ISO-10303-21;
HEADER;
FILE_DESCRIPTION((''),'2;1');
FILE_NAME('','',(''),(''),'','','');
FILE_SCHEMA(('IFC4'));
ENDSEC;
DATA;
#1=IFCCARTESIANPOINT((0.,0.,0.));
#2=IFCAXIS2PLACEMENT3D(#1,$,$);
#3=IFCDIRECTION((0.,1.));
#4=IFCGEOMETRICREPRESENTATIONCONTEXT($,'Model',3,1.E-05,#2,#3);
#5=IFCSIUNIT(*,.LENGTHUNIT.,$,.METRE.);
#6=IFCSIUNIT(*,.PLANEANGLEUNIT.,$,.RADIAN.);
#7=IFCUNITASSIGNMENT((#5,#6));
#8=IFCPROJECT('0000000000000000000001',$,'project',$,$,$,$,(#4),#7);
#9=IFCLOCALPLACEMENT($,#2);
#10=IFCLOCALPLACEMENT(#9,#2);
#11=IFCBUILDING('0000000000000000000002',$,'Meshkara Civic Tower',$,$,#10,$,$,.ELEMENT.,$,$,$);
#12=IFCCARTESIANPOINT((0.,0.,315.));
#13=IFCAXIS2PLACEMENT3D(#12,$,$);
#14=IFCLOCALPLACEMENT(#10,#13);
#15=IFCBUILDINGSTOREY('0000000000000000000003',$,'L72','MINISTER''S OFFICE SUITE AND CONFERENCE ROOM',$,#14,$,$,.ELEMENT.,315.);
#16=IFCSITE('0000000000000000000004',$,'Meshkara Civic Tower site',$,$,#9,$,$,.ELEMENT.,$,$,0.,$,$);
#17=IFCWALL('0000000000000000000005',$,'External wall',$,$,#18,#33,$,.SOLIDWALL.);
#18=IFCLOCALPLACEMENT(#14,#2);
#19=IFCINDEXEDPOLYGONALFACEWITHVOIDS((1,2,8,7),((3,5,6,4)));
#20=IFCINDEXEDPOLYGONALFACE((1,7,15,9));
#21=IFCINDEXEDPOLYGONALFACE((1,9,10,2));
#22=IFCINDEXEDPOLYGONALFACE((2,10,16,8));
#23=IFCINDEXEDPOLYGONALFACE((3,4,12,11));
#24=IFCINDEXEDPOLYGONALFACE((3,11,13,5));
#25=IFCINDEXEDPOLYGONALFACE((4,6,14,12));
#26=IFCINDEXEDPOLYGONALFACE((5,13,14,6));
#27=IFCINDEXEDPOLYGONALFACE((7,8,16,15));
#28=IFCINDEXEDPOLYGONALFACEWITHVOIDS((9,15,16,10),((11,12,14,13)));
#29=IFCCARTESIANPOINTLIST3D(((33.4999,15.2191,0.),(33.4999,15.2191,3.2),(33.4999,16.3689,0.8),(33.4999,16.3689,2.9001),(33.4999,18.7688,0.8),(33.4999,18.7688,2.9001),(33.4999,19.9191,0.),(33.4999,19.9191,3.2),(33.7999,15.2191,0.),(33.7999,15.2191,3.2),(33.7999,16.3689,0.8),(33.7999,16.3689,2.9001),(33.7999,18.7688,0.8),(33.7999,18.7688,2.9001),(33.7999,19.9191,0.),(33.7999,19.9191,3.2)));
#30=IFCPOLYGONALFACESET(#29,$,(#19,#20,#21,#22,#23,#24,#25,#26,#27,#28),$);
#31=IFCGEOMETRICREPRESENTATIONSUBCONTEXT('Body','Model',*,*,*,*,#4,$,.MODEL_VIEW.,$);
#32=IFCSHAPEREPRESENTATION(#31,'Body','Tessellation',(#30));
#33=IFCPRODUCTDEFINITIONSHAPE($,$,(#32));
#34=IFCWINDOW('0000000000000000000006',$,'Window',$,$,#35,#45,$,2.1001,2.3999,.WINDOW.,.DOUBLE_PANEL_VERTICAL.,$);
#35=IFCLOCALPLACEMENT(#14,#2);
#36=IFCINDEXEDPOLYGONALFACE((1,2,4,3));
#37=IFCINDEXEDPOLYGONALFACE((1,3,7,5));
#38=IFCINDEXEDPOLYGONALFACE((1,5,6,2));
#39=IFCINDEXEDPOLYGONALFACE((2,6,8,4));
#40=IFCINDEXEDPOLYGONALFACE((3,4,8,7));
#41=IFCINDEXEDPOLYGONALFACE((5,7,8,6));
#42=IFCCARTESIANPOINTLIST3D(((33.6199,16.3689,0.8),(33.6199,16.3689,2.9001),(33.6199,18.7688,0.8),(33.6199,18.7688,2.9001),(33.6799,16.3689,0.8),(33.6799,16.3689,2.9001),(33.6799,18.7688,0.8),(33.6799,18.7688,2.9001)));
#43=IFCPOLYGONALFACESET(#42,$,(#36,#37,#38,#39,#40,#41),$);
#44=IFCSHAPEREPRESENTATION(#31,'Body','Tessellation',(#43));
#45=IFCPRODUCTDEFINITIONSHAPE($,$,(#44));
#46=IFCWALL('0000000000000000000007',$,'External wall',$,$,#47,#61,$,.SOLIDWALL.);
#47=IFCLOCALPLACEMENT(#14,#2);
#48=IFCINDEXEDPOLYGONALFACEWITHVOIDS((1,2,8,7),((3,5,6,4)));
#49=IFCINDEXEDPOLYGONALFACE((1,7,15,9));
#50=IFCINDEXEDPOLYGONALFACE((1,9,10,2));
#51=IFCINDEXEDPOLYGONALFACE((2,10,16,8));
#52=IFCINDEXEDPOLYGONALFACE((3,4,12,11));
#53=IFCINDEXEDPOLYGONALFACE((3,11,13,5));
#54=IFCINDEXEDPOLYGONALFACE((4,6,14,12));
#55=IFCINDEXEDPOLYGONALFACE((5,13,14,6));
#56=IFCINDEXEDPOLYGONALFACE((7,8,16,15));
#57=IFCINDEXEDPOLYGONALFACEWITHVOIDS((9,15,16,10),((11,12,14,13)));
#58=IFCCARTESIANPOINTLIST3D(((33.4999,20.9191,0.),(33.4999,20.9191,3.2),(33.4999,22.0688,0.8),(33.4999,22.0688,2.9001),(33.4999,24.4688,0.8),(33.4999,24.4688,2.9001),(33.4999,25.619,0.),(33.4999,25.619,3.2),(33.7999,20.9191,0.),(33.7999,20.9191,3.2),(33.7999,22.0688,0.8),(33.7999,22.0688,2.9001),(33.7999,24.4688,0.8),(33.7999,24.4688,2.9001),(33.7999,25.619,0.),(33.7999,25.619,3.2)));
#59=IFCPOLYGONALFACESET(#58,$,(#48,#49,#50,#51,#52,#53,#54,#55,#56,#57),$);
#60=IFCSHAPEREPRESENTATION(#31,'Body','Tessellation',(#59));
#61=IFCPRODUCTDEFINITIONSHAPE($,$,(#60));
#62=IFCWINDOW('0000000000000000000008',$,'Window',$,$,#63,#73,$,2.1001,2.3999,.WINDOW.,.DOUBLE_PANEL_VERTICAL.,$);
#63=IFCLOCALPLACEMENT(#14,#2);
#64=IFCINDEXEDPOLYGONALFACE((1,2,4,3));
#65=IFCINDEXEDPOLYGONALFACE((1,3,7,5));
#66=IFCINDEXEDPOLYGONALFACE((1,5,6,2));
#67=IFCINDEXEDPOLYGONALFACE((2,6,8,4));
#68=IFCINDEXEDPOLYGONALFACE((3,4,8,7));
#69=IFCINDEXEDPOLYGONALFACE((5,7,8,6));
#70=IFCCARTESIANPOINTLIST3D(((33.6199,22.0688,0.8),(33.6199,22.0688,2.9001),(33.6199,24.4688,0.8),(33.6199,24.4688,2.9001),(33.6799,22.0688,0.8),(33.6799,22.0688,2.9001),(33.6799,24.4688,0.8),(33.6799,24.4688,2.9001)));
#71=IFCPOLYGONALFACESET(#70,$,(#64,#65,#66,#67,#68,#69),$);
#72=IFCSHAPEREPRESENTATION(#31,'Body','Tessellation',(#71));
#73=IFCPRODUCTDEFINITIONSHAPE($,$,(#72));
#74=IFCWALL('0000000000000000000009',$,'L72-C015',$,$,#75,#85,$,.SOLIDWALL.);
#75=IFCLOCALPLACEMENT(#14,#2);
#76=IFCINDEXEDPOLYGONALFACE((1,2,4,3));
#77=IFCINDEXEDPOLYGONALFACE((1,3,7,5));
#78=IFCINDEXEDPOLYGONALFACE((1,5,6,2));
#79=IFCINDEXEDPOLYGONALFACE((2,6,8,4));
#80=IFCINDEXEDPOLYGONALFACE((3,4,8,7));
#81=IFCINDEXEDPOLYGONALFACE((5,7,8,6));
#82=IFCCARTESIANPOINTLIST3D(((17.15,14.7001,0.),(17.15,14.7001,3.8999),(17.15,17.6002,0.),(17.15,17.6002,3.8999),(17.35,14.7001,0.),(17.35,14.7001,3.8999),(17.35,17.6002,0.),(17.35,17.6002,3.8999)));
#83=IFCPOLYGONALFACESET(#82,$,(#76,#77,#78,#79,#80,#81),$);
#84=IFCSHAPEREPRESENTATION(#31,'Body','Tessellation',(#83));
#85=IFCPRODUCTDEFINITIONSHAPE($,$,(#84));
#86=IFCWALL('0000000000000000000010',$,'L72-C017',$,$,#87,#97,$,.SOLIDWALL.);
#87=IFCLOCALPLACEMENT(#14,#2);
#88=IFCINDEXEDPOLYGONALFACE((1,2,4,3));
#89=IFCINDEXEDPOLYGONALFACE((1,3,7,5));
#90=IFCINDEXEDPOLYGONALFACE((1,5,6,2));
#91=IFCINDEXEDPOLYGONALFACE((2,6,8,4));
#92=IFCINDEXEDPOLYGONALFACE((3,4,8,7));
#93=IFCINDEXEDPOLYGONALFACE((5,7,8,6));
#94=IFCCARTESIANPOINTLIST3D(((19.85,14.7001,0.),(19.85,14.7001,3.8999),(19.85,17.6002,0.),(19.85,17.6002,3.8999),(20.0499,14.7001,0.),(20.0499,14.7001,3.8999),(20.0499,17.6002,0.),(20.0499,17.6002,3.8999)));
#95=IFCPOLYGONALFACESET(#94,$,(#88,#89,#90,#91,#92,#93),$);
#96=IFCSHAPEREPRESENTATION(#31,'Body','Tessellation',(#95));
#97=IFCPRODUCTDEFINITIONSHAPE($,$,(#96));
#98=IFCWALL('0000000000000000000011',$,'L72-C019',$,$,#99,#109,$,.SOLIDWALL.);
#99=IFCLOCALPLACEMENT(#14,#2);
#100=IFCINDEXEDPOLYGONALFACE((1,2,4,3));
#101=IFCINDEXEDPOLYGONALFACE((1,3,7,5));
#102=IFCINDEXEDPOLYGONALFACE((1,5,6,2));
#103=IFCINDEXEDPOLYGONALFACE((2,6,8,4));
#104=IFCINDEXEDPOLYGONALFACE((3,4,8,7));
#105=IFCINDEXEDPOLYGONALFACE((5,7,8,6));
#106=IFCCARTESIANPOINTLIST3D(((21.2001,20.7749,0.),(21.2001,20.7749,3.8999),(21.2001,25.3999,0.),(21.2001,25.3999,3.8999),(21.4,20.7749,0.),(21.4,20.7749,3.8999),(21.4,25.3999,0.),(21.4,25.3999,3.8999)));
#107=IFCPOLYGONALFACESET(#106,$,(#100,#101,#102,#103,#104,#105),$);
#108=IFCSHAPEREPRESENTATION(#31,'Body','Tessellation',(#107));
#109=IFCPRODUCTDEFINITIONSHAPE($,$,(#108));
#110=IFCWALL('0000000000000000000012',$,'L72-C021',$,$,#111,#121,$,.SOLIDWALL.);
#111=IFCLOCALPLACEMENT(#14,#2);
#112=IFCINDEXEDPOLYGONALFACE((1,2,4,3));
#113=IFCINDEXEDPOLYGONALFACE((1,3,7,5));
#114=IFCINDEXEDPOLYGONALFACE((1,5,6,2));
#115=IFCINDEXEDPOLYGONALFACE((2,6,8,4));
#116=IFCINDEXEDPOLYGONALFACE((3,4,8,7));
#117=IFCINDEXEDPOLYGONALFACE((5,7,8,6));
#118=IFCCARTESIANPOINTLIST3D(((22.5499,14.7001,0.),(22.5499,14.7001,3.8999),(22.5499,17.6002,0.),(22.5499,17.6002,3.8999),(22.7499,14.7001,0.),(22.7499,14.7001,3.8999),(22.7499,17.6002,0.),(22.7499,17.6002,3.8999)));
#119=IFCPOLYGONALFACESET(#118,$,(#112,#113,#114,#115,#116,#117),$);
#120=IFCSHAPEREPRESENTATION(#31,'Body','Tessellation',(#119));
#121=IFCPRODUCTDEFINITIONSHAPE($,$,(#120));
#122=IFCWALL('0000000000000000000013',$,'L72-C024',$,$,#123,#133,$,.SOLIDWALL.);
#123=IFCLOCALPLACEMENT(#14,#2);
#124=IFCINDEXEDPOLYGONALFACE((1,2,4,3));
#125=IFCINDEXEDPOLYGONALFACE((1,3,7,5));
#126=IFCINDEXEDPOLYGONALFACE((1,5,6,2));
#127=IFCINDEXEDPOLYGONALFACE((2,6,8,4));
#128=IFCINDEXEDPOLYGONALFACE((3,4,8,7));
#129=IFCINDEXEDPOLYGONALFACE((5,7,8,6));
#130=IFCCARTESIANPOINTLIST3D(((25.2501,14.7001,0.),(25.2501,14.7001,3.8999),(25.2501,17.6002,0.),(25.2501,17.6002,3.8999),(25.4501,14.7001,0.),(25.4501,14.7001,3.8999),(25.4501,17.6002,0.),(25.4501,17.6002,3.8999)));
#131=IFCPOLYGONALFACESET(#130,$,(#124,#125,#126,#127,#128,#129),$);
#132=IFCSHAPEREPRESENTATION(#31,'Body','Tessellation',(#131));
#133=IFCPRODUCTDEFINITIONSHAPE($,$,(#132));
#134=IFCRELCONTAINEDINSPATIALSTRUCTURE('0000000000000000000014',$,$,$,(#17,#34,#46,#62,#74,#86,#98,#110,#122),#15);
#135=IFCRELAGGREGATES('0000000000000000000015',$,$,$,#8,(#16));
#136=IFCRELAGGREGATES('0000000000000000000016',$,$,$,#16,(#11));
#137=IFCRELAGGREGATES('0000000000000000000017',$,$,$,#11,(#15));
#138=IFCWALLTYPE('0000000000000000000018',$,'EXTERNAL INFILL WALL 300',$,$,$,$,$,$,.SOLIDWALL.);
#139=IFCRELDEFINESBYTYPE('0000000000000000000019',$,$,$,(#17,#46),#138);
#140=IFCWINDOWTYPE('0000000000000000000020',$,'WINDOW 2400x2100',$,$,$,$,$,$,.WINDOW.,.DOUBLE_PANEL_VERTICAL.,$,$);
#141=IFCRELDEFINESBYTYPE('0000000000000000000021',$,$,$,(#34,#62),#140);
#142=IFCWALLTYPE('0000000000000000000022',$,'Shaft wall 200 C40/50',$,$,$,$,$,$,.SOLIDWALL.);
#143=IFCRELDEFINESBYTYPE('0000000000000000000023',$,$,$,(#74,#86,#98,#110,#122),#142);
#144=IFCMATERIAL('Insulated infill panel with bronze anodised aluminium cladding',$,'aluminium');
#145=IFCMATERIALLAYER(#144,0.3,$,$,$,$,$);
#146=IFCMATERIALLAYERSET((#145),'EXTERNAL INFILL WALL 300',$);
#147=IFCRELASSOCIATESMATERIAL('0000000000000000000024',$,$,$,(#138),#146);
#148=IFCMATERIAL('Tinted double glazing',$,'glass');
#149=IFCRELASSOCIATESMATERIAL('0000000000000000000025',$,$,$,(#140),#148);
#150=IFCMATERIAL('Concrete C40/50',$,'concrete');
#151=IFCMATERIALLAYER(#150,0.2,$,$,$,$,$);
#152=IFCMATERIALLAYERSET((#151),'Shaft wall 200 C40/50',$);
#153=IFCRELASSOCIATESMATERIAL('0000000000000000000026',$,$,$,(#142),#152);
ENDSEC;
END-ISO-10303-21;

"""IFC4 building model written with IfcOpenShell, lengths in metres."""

from ifc_helpers import new_model, si_unit, direction, frame, frame_2d, origin, place, context, subcontext, project, spatial, rectangle, extrude, material, layer, layer_set, type_object, element, fill, save


model = new_model("IFC4")

# Units and contexts
model_context = context("Model", 3, precision=1e-05, world=origin(), true_north=direction((0.0, 1.0)))
body_context = subcontext(model_context, "Body", "Model", "MODEL_VIEW")
ifc_project = project(units=[si_unit("LENGTHUNIT", "METRE"), si_unit("PLANEANGLEUNIT", "RADIAN")], contexts=[model_context])

# Site, building, storey
site_placement = place(None, origin())
site = spatial("IfcSite", under=ifc_project, at=site_placement, Name="Meshkara Civic Tower site", CompositionType="ELEMENT", RefElevation=0.0)
building_placement = place(site_placement, origin())
building = spatial("IfcBuilding", under=site, at=building_placement, Name="Meshkara Civic Tower", CompositionType="ELEMENT")
storey_placement = place(building_placement, frame((0.0, 0.0, 315.0)))
storey = spatial("IfcBuildingStorey", under=building, at=storey_placement, Name="L72", Description="MINISTER'S OFFICE SUITE AND CONFERENCE ROOM", CompositionType="ELEMENT", Elevation=315.0)

# Walls, openings, windows
ifc_material_1 = material(Name="Insulated infill panel with bronze anodised aluminium cladding", Category="aluminium")
ifc_layer_1 = layer(ifc_material_1, 0.3)
ifc_layer_set_1 = layer_set([ifc_layer_1], Name="EXTERNAL INFILL WALL 300")
wall_type_1 = type_object("IfcWallType", Name="EXTERNAL INFILL WALL 300", PredefinedType="SOLIDWALL", material=ifc_layer_set_1)
ifc_material_2 = material(Name="Tinted double glazing", Category="glass")
window_type = type_object("IfcWindowType", Name="WINDOW 2400x2100", PartitioningType="DOUBLE_PANEL_VERTICAL", PredefinedType="WINDOW", material=ifc_material_2)
wall_1_placement = place(storey_placement, frame((33.6499, 15.219, 0.0), z_axis=(0.0, 0.0, 1.0), x_axis=(0.0, 1.0, 0.0)))
wall_1 = element("IfcWall", 1, at=wall_1_placement, inside=storey, type_object=wall_type_1, Name="External wall", PredefinedType="SOLIDWALL", context=body_context, shape_type="SweptSolid", body=[
    extrude(rectangle(XDim=4.7, YDim=0.3, at=frame_2d((2.3501, 0.0))), origin(), (0.0, 0.0, 1.0), 3.2),
])
opening_1_placement = place(wall_1_placement, frame((1.1499, 0.0, 0.8)))
opening_1 = element("IfcOpeningElement", 2, at=opening_1_placement, cuts=wall_1, PredefinedType="OPENING", context=body_context, shape_type="SweptSolid", body=[
    extrude(rectangle(XDim=2.3999, YDim=2.1001, at=frame_2d((1.2, 1.05))), frame((0.0, 0.1599, 0.0), z_axis=(0.0, -1.0, 0.0), x_axis=(1.0, 0.0, 0.0)), (0.0, 0.0, 1.0), 0.3201),
])
window_1_placement = place(opening_1_placement, origin())
window_1 = element("IfcWindow", 3, at=window_1_placement, inside=storey, type_object=window_type, Name="Window", OverallHeight=2.1001, OverallWidth=2.3999, PartitioningType="DOUBLE_PANEL_VERTICAL", PredefinedType="WINDOW", context=body_context, shape_type="SweptSolid", body=[
    extrude(rectangle(XDim=2.3999, YDim=2.1001, at=frame_2d((1.2, 1.05))), frame((0.0, 0.03, 0.0), z_axis=(0.0, -1.0, 0.0), x_axis=(1.0, 0.0, 0.0)), (0.0, 0.0, 1.0), 0.0601),
])
fill(opening_1, window_1)
wall_2_placement = place(storey_placement, frame((33.6499, 20.9189, 0.0), z_axis=(0.0, 0.0, 1.0), x_axis=(0.0, 1.0, 0.0)))
wall_2 = element("IfcWall", 4, at=wall_2_placement, inside=storey, type_object=wall_type_1, Name="External wall", PredefinedType="SOLIDWALL", context=body_context, shape_type="SweptSolid", body=[
    extrude(rectangle(XDim=4.7, YDim=0.3, at=frame_2d((2.3501, 0.0))), origin(), (0.0, 0.0, 1.0), 3.2),
])
opening_2_placement = place(wall_2_placement, frame((1.1499, 0.0, 0.8)))
opening_2 = element("IfcOpeningElement", 5, at=opening_2_placement, cuts=wall_2, PredefinedType="OPENING", context=body_context, shape_type="SweptSolid", body=[
    extrude(rectangle(XDim=2.3999, YDim=2.1001, at=frame_2d((1.2, 1.05))), frame((0.0, 0.1599, 0.0), z_axis=(0.0, -1.0, 0.0), x_axis=(1.0, 0.0, 0.0)), (0.0, 0.0, 1.0), 0.3201),
])
window_2_placement = place(opening_2_placement, origin())
window_2 = element("IfcWindow", 6, at=window_2_placement, inside=storey, type_object=window_type, Name="Window", OverallHeight=2.1001, OverallWidth=2.3999, PartitioningType="DOUBLE_PANEL_VERTICAL", PredefinedType="WINDOW", context=body_context, shape_type="SweptSolid", body=[
    extrude(rectangle(XDim=2.3999, YDim=2.1001, at=frame_2d((1.2, 1.05))), frame((0.0, 0.03, 0.0), z_axis=(0.0, -1.0, 0.0), x_axis=(1.0, 0.0, 0.0)), (0.0, 0.0, 1.0), 0.0601),
])
fill(opening_2, window_2)

# Walls
ifc_material_3 = material(Name="Concrete C40/50", Category="concrete")
ifc_layer_2 = layer(ifc_material_3, 0.2)
ifc_layer_set_2 = layer_set([ifc_layer_2], Name="Shaft wall 200 C40/50")
wall_type_2 = type_object("IfcWallType", Name="Shaft wall 200 C40/50", PredefinedType="SOLIDWALL", material=ifc_layer_set_2)
for number, where, z_axis, x_axis, name in (
    (7, (17.25, 14.7, 0.0), (0.0, 0.0, 1.0), (0.0, 1.0, 0.0), "L72-C015"),
    (8, (19.95, 14.7, 0.0), (0.0, 0.0, 1.0), (0.0, 1.0, 0.0), "L72-C017"),
):
    element("IfcWall", number, at=place(storey_placement, frame(where, z_axis=z_axis, x_axis=x_axis)), inside=storey, type_object=wall_type_2, Name=name, PredefinedType="SOLIDWALL", context=body_context, shape_type="SweptSolid", body=[
        extrude(rectangle(XDim=2.9001, YDim=0.2, at=frame_2d((1.4502, 0.0))), origin(), (0.0, 0.0, 1.0), 3.8999),
    ])
wall_3_placement = place(storey_placement, frame((21.3, 20.7749, 0.0), z_axis=(0.0, 0.0, 1.0), x_axis=(0.0, 1.0, 0.0)))
element("IfcWall", 9, at=wall_3_placement, inside=storey, type_object=wall_type_2, Name="L72-C019", PredefinedType="SOLIDWALL", context=body_context, shape_type="SweptSolid", body=[
    extrude(rectangle(XDim=4.625, YDim=0.2, at=frame_2d((2.3125, 0.0))), origin(), (0.0, 0.0, 1.0), 3.8999),
])
for number, where, z_axis, x_axis, name in (
    (10, (22.6499, 14.7, 0.0), (0.0, 0.0, 1.0), (0.0, 1.0, 0.0), "L72-C021"),
    (11, (25.3501, 14.7, 0.0), (0.0, 0.0, 1.0), (0.0, 1.0, 0.0), "L72-C024"),
):
    element("IfcWall", number, at=place(storey_placement, frame(where, z_axis=z_axis, x_axis=x_axis)), inside=storey, type_object=wall_type_2, Name=name, PredefinedType="SOLIDWALL", context=body_context, shape_type="SweptSolid", body=[
        extrude(rectangle(XDim=2.9001, YDim=0.2, at=frame_2d((1.4502, 0.0))), origin(), (0.0, 0.0, 1.0), 3.8999),
    ])

save(model, "model.ifc")
